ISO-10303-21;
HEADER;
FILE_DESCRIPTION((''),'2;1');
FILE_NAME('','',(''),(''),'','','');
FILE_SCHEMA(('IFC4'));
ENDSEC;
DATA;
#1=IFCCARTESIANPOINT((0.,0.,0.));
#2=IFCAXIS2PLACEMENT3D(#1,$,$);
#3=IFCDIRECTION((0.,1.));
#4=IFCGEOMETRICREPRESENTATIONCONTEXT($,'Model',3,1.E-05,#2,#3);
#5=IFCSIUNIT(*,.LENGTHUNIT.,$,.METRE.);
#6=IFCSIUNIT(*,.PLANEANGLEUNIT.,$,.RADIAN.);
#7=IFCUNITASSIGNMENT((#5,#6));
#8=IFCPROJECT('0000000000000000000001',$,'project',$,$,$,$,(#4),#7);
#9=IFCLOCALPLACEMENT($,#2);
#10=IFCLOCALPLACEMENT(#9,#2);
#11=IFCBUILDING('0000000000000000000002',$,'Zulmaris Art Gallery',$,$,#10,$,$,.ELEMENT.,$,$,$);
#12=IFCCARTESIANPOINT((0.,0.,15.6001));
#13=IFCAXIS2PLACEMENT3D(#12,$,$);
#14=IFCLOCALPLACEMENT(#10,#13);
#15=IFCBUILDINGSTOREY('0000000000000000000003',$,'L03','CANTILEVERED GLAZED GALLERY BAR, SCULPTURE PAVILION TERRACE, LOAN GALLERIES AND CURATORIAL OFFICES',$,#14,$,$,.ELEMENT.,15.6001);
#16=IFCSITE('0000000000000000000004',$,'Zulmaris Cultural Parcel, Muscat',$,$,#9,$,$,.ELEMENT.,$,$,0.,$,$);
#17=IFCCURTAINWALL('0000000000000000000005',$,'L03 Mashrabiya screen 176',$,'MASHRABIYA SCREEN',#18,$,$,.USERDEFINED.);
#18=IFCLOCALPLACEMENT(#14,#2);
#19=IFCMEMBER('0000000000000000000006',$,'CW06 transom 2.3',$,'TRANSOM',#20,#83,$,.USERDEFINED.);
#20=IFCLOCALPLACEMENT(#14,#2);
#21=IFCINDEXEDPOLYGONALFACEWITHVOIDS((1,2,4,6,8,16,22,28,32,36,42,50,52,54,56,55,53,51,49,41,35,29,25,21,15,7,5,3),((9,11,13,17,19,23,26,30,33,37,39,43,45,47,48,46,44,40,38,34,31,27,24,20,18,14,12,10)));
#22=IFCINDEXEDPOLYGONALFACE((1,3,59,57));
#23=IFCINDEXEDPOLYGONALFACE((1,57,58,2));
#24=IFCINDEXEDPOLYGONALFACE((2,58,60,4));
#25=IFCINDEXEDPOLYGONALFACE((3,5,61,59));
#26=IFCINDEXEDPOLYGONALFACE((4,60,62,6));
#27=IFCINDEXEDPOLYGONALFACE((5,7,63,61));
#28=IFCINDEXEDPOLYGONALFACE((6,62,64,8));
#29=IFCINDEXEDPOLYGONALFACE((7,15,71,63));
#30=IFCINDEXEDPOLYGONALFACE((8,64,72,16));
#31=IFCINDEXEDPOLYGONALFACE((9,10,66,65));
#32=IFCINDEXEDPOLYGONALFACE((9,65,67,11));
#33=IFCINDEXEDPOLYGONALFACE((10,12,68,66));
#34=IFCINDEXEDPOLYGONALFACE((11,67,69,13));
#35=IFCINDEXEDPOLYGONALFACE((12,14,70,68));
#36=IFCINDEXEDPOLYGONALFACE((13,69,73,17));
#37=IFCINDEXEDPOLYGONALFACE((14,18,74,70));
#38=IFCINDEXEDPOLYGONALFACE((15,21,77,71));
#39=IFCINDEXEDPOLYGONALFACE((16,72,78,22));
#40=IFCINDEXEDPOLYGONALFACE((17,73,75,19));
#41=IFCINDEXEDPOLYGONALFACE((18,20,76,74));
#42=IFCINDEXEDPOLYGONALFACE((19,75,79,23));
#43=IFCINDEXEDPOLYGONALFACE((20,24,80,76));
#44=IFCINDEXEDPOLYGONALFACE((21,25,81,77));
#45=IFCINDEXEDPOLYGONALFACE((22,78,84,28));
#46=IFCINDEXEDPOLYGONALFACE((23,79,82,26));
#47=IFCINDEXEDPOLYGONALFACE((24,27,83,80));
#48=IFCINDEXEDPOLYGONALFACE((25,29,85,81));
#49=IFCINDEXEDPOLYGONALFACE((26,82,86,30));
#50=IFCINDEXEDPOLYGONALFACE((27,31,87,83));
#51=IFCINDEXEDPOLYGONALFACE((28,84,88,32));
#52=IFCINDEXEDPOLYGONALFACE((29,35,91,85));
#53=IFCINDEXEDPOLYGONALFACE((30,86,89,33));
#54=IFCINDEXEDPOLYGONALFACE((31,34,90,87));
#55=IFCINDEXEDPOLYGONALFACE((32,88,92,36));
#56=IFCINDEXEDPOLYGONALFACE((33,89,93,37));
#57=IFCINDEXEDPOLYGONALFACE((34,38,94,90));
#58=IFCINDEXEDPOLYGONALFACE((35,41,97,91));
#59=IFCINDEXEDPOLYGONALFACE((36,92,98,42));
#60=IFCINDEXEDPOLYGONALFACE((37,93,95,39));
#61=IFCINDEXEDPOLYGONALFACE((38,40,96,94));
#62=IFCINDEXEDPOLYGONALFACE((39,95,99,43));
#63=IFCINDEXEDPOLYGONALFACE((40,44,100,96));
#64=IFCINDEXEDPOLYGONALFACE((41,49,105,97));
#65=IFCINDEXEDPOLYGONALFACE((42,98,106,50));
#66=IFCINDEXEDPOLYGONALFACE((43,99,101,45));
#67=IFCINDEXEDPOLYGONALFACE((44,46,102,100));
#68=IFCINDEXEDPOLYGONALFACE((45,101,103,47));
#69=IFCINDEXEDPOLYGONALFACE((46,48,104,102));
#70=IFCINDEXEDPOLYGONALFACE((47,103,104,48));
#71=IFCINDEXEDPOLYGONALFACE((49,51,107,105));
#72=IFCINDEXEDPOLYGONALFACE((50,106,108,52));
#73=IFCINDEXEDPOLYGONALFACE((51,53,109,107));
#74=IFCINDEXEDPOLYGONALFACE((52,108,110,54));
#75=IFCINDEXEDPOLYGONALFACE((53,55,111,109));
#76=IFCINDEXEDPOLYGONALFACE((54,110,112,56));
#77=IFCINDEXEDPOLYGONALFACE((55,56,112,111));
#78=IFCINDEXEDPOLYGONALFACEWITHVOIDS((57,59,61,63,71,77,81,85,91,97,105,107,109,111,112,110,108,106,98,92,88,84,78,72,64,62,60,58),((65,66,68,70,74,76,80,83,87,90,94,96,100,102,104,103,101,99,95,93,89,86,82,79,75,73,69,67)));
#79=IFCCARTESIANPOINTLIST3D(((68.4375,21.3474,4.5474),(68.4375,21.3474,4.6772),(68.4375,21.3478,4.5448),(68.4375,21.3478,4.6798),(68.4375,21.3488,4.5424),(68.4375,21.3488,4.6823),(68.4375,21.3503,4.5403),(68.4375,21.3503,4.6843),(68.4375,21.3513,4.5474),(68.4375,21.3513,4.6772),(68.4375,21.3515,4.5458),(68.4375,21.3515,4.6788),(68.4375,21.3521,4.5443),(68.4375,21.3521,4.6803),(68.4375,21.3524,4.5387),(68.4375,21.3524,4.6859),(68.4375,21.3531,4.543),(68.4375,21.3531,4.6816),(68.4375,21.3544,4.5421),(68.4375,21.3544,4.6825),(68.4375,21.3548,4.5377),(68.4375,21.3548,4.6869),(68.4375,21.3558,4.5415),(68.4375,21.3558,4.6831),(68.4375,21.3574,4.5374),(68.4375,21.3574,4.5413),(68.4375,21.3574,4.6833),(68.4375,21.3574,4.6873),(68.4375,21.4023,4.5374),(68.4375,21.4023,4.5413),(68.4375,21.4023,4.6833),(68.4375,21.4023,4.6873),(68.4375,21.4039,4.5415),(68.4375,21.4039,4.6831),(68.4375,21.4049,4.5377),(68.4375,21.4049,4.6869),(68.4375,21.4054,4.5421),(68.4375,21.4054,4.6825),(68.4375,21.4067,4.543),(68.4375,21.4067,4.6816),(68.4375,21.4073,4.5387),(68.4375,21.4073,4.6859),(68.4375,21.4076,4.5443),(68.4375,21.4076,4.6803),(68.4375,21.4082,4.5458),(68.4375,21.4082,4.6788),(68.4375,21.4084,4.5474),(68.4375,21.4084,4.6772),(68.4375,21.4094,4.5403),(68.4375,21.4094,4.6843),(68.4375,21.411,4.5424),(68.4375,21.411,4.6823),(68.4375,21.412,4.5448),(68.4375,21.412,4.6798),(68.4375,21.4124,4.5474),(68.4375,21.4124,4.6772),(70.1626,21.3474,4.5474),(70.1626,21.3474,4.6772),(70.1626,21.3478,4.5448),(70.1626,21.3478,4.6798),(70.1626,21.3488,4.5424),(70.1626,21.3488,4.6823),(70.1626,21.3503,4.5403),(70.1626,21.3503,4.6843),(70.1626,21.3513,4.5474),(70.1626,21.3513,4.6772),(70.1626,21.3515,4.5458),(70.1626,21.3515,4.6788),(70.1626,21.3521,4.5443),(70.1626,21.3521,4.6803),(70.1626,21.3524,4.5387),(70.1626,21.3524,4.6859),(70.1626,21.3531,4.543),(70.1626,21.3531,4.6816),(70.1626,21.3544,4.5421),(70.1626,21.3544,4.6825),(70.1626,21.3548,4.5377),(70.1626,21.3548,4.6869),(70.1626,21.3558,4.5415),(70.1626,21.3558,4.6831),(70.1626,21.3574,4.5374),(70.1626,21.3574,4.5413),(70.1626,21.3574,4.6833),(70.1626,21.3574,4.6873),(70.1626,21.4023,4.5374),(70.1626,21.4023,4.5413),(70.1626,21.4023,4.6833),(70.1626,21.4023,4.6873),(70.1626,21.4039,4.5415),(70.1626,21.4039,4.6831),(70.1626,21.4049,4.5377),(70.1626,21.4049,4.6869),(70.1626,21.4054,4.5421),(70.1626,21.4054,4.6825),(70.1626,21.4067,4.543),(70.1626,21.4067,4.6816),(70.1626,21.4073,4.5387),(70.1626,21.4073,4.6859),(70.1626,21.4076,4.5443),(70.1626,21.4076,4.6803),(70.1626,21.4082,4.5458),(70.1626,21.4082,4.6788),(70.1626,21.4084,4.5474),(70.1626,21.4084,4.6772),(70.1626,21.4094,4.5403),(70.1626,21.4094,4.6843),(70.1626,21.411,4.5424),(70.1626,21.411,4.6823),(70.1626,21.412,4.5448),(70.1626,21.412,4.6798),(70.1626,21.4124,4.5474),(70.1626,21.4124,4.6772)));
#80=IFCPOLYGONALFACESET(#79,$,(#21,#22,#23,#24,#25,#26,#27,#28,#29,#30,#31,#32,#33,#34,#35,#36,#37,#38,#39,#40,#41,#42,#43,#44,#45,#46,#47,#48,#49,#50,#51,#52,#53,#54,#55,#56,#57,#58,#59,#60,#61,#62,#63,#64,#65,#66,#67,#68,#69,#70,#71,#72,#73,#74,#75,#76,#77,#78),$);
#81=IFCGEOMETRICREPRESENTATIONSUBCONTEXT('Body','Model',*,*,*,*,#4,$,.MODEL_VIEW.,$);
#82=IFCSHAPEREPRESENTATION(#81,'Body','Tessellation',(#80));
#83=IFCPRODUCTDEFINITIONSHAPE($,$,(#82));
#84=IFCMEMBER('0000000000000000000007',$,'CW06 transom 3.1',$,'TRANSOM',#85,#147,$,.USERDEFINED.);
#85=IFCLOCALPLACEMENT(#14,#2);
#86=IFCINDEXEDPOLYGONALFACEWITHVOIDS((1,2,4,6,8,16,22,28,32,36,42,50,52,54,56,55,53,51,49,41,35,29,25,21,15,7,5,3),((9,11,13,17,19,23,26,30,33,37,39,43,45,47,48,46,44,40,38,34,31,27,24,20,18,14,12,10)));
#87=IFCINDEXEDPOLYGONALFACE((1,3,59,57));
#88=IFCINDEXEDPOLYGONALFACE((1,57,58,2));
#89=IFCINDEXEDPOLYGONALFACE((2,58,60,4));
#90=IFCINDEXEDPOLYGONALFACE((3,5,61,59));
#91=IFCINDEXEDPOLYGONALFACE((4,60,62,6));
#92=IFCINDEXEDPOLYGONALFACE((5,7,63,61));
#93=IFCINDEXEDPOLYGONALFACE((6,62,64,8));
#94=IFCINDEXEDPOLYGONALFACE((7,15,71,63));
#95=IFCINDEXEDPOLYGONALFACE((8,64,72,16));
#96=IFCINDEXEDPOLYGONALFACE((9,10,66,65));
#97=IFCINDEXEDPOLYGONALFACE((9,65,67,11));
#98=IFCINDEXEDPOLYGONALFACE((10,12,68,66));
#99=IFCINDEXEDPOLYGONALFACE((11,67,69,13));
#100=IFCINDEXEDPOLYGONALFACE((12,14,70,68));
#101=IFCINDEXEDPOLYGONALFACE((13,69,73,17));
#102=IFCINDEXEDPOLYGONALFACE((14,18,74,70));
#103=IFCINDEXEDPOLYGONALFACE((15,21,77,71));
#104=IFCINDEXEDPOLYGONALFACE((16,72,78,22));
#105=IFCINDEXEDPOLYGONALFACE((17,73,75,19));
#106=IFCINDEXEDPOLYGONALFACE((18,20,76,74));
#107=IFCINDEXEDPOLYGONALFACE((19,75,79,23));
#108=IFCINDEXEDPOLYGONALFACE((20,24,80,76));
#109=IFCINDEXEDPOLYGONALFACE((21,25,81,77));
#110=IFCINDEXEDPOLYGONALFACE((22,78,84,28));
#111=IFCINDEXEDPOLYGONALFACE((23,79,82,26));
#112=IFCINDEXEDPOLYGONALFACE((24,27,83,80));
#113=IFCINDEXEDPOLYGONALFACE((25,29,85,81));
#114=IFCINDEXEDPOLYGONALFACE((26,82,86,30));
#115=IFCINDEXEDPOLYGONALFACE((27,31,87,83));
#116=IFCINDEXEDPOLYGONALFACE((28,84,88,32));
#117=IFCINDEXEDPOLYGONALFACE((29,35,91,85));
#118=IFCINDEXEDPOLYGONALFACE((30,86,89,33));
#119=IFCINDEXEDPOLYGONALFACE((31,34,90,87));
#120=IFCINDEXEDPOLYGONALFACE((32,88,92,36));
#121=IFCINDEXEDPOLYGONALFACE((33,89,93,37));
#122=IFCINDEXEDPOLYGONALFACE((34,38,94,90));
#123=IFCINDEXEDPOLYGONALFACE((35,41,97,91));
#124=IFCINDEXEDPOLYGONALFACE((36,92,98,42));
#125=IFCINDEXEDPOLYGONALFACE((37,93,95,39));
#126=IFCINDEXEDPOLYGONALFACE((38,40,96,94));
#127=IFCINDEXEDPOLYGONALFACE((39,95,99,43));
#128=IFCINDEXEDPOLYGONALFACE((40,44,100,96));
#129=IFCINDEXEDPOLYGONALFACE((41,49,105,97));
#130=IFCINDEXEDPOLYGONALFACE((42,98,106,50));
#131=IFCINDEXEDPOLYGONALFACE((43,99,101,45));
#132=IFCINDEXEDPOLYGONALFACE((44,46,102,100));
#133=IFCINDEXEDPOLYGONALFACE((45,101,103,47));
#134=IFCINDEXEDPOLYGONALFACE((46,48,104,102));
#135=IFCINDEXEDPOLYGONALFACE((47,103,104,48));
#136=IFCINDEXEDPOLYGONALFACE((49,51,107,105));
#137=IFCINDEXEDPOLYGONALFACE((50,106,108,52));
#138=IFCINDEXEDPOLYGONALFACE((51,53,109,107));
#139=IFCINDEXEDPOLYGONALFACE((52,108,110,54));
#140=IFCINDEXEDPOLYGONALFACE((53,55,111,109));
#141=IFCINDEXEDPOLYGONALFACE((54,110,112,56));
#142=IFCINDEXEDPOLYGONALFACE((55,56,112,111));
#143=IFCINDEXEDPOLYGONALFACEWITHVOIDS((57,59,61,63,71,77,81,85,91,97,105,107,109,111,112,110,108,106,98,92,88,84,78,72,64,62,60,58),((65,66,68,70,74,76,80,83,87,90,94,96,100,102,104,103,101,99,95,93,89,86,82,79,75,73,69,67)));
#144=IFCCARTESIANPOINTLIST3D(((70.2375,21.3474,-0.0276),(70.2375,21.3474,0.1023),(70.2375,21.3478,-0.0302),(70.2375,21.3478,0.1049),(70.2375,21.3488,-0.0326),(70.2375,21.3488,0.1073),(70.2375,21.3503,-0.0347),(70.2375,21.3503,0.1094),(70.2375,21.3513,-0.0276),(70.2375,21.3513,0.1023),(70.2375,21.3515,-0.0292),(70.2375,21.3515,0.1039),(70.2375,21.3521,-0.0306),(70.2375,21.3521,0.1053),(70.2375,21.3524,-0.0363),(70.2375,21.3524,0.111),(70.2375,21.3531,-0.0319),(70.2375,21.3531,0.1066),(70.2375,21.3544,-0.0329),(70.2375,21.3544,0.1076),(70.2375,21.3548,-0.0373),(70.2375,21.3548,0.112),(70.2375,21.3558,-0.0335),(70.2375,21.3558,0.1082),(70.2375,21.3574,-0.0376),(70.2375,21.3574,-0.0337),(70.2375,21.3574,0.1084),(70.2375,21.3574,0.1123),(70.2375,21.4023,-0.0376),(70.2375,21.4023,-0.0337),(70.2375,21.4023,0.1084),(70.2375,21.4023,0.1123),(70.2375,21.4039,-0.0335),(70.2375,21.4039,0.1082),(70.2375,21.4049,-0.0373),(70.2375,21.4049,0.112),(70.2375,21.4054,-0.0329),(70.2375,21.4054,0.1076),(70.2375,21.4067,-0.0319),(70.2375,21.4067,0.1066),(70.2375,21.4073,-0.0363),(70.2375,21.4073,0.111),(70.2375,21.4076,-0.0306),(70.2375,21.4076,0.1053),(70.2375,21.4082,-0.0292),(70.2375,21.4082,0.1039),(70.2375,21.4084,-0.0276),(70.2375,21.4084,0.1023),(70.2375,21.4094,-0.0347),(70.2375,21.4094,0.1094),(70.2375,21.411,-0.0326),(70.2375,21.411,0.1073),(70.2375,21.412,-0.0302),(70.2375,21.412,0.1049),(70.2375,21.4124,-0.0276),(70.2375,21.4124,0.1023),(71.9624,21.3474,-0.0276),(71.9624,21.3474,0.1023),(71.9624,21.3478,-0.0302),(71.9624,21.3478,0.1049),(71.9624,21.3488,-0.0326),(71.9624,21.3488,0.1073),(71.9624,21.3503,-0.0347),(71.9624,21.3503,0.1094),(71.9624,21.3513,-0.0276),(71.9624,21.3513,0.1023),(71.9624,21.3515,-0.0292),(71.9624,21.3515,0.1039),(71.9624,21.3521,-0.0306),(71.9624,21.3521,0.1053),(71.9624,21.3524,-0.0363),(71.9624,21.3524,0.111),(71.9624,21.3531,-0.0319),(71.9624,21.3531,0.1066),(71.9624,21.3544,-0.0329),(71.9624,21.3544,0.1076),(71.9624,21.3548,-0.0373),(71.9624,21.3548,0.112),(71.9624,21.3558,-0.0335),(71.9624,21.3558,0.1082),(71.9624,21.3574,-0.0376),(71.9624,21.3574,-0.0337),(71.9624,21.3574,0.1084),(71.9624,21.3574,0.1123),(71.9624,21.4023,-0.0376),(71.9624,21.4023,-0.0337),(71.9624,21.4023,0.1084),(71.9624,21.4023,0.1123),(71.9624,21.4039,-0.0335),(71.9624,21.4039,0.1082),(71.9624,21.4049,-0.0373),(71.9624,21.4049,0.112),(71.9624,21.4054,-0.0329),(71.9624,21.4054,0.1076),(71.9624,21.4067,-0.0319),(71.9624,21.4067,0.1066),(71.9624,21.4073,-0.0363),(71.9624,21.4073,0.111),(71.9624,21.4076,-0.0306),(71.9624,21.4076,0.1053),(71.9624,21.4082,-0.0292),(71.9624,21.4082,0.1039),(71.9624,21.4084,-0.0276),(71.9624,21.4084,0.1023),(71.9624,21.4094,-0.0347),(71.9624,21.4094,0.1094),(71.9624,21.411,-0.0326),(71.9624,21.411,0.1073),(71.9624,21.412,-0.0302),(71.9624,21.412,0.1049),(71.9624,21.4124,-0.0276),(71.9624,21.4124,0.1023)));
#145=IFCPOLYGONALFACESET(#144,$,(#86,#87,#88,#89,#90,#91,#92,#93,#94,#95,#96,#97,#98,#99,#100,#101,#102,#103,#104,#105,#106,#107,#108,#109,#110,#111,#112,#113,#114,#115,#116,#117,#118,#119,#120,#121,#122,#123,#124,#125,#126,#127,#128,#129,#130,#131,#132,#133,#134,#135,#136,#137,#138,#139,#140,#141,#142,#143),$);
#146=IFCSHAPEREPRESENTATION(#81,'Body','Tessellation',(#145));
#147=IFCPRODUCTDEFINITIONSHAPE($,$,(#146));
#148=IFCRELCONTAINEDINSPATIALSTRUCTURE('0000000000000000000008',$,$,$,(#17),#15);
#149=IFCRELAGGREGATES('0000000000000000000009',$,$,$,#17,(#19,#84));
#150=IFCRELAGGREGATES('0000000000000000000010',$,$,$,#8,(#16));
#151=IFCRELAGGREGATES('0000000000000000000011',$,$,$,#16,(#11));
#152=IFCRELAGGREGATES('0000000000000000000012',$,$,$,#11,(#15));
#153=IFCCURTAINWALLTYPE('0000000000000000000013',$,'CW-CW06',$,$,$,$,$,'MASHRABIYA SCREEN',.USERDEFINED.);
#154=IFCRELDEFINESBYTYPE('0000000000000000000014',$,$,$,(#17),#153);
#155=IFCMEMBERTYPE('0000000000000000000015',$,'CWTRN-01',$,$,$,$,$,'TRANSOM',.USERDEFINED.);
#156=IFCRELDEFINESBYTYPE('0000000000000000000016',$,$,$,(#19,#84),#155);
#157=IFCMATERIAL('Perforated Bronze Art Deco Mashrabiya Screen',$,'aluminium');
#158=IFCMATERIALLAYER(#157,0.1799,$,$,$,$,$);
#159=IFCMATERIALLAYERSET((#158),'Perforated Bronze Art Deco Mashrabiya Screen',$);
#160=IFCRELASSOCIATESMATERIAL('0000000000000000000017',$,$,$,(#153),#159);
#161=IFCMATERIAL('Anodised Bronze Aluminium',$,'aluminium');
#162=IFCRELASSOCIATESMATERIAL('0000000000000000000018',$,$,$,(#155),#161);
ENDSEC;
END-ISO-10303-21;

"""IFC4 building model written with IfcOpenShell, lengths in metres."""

from ifc_helpers import new_model, si_unit, direction, frame, origin, origin_2d, place, context, subcontext, project, spatial, hollow_rectangle, extrude, material, layer, layer_set, material_profile, profile_set, type_object, element, aggregate, save


model = new_model("IFC4")

# Units and contexts
model_context = context("Model", 3, precision=1e-05, world=origin(), true_north=direction((0.0, 1.0)))
body_context = subcontext(model_context, "Body", "Model", "MODEL_VIEW")
ifc_project = project(units=[si_unit("LENGTHUNIT", "METRE"), si_unit("PLANEANGLEUNIT", "RADIAN")], contexts=[model_context])

# Site, building, storey
site_placement = place(None, origin())
site = spatial("IfcSite", under=ifc_project, at=site_placement, Name="Zulmaris Cultural Parcel, Muscat", CompositionType="ELEMENT", RefElevation=0.0)
building_placement = place(site_placement, origin())
building = spatial("IfcBuilding", under=site, at=building_placement, Name="Zulmaris Art Gallery", CompositionType="ELEMENT")
storey_placement = place(building_placement, frame((0.0, 0.0, 15.6001)))
storey = spatial("IfcBuildingStorey", under=building, at=storey_placement, Name="L03", Description="CANTILEVERED GLAZED GALLERY BAR, SCULPTURE PAVILION TERRACE, LOAN GALLERIES AND CURATORIAL OFFICES", CompositionType="ELEMENT", Elevation=15.6001)

# Shared definitions
ifc_material_1 = material(Name="Anodised Bronze Aluminium", Category="aluminium")
ifc_material_2 = material(Name="Perforated Bronze Art Deco Mashrabiya Screen", Category="aluminium")
ifc_layer_1 = layer(ifc_material_2, 0.1799)
ifc_layer_set_1 = layer_set([ifc_layer_1], Name="Perforated Bronze Art Deco Mashrabiya Screen")
curtain_wall_type_1 = type_object("IfcCurtainWallType", Name="CW-CW06", ElementType="MASHRABIYA SCREEN", PredefinedType="USERDEFINED", material=ifc_layer_set_1)

# Curtain wall, members
curtain_wall_1_placement = place(storey_placement, origin())
curtain_wall_1 = element("IfcCurtainWall", 1, at=curtain_wall_1_placement, inside=storey, type_object=curtain_wall_type_1, Name="L03 Mashrabiya screen 176", ObjectType="MASHRABIYA SCREEN", PredefinedType="USERDEFINED")
ifc_material_profile_1 = material_profile(ifc_material_1, hollow_rectangle(XDim=0.0649, YDim=0.1499, WallThickness=0.0039, InnerFilletRadius=0.0061, OuterFilletRadius=0.01, at=origin_2d()), Name="ALU 65x150x4")
ifc_profile_set_1 = profile_set([ifc_material_profile_1], Name="Anodised Bronze Aluminium")
member_type_1 = type_object("IfcMemberType", Name="CWTRN-01", ElementType="TRANSOM", PredefinedType="USERDEFINED", material=ifc_profile_set_1)
member_1_placement = place(storey_placement, frame((68.4375, 21.3799, 4.6123), z_axis=(1.0, 0.0, 0.0), x_axis=(0.0, 1.0, 0.0)))
member_1 = element("IfcMember", 2, at=member_1_placement, type_object=member_type_1, Name="CW06 transom 2.3", ObjectType="TRANSOM", PredefinedType="USERDEFINED", context=body_context, shape_type="SweptSolid", body=[
    extrude(hollow_rectangle(XDim=0.0649, YDim=0.1499, WallThickness=0.0039, InnerFilletRadius=0.0061, OuterFilletRadius=0.01, at=origin_2d()), origin(), (0.0, 0.0, 1.0), 1.7251),
])
member_2_placement = place(storey_placement, frame((70.2375, 21.3799, 0.0374), z_axis=(1.0, 0.0, 0.0), x_axis=(0.0, 1.0, 0.0)))
member_2 = element("IfcMember", 3, at=member_2_placement, type_object=member_type_1, Name="CW06 transom 3.1", ObjectType="TRANSOM", PredefinedType="USERDEFINED", context=body_context, shape_type="SweptSolid", body=[
    extrude(hollow_rectangle(XDim=0.0649, YDim=0.1499, WallThickness=0.0039, InnerFilletRadius=0.0061, OuterFilletRadius=0.01, at=origin_2d()), origin(), (0.0, 0.0, 1.0), 1.7249),
])
aggregate(curtain_wall_1, [member_1, member_2])

save(model, "model.ifc")
